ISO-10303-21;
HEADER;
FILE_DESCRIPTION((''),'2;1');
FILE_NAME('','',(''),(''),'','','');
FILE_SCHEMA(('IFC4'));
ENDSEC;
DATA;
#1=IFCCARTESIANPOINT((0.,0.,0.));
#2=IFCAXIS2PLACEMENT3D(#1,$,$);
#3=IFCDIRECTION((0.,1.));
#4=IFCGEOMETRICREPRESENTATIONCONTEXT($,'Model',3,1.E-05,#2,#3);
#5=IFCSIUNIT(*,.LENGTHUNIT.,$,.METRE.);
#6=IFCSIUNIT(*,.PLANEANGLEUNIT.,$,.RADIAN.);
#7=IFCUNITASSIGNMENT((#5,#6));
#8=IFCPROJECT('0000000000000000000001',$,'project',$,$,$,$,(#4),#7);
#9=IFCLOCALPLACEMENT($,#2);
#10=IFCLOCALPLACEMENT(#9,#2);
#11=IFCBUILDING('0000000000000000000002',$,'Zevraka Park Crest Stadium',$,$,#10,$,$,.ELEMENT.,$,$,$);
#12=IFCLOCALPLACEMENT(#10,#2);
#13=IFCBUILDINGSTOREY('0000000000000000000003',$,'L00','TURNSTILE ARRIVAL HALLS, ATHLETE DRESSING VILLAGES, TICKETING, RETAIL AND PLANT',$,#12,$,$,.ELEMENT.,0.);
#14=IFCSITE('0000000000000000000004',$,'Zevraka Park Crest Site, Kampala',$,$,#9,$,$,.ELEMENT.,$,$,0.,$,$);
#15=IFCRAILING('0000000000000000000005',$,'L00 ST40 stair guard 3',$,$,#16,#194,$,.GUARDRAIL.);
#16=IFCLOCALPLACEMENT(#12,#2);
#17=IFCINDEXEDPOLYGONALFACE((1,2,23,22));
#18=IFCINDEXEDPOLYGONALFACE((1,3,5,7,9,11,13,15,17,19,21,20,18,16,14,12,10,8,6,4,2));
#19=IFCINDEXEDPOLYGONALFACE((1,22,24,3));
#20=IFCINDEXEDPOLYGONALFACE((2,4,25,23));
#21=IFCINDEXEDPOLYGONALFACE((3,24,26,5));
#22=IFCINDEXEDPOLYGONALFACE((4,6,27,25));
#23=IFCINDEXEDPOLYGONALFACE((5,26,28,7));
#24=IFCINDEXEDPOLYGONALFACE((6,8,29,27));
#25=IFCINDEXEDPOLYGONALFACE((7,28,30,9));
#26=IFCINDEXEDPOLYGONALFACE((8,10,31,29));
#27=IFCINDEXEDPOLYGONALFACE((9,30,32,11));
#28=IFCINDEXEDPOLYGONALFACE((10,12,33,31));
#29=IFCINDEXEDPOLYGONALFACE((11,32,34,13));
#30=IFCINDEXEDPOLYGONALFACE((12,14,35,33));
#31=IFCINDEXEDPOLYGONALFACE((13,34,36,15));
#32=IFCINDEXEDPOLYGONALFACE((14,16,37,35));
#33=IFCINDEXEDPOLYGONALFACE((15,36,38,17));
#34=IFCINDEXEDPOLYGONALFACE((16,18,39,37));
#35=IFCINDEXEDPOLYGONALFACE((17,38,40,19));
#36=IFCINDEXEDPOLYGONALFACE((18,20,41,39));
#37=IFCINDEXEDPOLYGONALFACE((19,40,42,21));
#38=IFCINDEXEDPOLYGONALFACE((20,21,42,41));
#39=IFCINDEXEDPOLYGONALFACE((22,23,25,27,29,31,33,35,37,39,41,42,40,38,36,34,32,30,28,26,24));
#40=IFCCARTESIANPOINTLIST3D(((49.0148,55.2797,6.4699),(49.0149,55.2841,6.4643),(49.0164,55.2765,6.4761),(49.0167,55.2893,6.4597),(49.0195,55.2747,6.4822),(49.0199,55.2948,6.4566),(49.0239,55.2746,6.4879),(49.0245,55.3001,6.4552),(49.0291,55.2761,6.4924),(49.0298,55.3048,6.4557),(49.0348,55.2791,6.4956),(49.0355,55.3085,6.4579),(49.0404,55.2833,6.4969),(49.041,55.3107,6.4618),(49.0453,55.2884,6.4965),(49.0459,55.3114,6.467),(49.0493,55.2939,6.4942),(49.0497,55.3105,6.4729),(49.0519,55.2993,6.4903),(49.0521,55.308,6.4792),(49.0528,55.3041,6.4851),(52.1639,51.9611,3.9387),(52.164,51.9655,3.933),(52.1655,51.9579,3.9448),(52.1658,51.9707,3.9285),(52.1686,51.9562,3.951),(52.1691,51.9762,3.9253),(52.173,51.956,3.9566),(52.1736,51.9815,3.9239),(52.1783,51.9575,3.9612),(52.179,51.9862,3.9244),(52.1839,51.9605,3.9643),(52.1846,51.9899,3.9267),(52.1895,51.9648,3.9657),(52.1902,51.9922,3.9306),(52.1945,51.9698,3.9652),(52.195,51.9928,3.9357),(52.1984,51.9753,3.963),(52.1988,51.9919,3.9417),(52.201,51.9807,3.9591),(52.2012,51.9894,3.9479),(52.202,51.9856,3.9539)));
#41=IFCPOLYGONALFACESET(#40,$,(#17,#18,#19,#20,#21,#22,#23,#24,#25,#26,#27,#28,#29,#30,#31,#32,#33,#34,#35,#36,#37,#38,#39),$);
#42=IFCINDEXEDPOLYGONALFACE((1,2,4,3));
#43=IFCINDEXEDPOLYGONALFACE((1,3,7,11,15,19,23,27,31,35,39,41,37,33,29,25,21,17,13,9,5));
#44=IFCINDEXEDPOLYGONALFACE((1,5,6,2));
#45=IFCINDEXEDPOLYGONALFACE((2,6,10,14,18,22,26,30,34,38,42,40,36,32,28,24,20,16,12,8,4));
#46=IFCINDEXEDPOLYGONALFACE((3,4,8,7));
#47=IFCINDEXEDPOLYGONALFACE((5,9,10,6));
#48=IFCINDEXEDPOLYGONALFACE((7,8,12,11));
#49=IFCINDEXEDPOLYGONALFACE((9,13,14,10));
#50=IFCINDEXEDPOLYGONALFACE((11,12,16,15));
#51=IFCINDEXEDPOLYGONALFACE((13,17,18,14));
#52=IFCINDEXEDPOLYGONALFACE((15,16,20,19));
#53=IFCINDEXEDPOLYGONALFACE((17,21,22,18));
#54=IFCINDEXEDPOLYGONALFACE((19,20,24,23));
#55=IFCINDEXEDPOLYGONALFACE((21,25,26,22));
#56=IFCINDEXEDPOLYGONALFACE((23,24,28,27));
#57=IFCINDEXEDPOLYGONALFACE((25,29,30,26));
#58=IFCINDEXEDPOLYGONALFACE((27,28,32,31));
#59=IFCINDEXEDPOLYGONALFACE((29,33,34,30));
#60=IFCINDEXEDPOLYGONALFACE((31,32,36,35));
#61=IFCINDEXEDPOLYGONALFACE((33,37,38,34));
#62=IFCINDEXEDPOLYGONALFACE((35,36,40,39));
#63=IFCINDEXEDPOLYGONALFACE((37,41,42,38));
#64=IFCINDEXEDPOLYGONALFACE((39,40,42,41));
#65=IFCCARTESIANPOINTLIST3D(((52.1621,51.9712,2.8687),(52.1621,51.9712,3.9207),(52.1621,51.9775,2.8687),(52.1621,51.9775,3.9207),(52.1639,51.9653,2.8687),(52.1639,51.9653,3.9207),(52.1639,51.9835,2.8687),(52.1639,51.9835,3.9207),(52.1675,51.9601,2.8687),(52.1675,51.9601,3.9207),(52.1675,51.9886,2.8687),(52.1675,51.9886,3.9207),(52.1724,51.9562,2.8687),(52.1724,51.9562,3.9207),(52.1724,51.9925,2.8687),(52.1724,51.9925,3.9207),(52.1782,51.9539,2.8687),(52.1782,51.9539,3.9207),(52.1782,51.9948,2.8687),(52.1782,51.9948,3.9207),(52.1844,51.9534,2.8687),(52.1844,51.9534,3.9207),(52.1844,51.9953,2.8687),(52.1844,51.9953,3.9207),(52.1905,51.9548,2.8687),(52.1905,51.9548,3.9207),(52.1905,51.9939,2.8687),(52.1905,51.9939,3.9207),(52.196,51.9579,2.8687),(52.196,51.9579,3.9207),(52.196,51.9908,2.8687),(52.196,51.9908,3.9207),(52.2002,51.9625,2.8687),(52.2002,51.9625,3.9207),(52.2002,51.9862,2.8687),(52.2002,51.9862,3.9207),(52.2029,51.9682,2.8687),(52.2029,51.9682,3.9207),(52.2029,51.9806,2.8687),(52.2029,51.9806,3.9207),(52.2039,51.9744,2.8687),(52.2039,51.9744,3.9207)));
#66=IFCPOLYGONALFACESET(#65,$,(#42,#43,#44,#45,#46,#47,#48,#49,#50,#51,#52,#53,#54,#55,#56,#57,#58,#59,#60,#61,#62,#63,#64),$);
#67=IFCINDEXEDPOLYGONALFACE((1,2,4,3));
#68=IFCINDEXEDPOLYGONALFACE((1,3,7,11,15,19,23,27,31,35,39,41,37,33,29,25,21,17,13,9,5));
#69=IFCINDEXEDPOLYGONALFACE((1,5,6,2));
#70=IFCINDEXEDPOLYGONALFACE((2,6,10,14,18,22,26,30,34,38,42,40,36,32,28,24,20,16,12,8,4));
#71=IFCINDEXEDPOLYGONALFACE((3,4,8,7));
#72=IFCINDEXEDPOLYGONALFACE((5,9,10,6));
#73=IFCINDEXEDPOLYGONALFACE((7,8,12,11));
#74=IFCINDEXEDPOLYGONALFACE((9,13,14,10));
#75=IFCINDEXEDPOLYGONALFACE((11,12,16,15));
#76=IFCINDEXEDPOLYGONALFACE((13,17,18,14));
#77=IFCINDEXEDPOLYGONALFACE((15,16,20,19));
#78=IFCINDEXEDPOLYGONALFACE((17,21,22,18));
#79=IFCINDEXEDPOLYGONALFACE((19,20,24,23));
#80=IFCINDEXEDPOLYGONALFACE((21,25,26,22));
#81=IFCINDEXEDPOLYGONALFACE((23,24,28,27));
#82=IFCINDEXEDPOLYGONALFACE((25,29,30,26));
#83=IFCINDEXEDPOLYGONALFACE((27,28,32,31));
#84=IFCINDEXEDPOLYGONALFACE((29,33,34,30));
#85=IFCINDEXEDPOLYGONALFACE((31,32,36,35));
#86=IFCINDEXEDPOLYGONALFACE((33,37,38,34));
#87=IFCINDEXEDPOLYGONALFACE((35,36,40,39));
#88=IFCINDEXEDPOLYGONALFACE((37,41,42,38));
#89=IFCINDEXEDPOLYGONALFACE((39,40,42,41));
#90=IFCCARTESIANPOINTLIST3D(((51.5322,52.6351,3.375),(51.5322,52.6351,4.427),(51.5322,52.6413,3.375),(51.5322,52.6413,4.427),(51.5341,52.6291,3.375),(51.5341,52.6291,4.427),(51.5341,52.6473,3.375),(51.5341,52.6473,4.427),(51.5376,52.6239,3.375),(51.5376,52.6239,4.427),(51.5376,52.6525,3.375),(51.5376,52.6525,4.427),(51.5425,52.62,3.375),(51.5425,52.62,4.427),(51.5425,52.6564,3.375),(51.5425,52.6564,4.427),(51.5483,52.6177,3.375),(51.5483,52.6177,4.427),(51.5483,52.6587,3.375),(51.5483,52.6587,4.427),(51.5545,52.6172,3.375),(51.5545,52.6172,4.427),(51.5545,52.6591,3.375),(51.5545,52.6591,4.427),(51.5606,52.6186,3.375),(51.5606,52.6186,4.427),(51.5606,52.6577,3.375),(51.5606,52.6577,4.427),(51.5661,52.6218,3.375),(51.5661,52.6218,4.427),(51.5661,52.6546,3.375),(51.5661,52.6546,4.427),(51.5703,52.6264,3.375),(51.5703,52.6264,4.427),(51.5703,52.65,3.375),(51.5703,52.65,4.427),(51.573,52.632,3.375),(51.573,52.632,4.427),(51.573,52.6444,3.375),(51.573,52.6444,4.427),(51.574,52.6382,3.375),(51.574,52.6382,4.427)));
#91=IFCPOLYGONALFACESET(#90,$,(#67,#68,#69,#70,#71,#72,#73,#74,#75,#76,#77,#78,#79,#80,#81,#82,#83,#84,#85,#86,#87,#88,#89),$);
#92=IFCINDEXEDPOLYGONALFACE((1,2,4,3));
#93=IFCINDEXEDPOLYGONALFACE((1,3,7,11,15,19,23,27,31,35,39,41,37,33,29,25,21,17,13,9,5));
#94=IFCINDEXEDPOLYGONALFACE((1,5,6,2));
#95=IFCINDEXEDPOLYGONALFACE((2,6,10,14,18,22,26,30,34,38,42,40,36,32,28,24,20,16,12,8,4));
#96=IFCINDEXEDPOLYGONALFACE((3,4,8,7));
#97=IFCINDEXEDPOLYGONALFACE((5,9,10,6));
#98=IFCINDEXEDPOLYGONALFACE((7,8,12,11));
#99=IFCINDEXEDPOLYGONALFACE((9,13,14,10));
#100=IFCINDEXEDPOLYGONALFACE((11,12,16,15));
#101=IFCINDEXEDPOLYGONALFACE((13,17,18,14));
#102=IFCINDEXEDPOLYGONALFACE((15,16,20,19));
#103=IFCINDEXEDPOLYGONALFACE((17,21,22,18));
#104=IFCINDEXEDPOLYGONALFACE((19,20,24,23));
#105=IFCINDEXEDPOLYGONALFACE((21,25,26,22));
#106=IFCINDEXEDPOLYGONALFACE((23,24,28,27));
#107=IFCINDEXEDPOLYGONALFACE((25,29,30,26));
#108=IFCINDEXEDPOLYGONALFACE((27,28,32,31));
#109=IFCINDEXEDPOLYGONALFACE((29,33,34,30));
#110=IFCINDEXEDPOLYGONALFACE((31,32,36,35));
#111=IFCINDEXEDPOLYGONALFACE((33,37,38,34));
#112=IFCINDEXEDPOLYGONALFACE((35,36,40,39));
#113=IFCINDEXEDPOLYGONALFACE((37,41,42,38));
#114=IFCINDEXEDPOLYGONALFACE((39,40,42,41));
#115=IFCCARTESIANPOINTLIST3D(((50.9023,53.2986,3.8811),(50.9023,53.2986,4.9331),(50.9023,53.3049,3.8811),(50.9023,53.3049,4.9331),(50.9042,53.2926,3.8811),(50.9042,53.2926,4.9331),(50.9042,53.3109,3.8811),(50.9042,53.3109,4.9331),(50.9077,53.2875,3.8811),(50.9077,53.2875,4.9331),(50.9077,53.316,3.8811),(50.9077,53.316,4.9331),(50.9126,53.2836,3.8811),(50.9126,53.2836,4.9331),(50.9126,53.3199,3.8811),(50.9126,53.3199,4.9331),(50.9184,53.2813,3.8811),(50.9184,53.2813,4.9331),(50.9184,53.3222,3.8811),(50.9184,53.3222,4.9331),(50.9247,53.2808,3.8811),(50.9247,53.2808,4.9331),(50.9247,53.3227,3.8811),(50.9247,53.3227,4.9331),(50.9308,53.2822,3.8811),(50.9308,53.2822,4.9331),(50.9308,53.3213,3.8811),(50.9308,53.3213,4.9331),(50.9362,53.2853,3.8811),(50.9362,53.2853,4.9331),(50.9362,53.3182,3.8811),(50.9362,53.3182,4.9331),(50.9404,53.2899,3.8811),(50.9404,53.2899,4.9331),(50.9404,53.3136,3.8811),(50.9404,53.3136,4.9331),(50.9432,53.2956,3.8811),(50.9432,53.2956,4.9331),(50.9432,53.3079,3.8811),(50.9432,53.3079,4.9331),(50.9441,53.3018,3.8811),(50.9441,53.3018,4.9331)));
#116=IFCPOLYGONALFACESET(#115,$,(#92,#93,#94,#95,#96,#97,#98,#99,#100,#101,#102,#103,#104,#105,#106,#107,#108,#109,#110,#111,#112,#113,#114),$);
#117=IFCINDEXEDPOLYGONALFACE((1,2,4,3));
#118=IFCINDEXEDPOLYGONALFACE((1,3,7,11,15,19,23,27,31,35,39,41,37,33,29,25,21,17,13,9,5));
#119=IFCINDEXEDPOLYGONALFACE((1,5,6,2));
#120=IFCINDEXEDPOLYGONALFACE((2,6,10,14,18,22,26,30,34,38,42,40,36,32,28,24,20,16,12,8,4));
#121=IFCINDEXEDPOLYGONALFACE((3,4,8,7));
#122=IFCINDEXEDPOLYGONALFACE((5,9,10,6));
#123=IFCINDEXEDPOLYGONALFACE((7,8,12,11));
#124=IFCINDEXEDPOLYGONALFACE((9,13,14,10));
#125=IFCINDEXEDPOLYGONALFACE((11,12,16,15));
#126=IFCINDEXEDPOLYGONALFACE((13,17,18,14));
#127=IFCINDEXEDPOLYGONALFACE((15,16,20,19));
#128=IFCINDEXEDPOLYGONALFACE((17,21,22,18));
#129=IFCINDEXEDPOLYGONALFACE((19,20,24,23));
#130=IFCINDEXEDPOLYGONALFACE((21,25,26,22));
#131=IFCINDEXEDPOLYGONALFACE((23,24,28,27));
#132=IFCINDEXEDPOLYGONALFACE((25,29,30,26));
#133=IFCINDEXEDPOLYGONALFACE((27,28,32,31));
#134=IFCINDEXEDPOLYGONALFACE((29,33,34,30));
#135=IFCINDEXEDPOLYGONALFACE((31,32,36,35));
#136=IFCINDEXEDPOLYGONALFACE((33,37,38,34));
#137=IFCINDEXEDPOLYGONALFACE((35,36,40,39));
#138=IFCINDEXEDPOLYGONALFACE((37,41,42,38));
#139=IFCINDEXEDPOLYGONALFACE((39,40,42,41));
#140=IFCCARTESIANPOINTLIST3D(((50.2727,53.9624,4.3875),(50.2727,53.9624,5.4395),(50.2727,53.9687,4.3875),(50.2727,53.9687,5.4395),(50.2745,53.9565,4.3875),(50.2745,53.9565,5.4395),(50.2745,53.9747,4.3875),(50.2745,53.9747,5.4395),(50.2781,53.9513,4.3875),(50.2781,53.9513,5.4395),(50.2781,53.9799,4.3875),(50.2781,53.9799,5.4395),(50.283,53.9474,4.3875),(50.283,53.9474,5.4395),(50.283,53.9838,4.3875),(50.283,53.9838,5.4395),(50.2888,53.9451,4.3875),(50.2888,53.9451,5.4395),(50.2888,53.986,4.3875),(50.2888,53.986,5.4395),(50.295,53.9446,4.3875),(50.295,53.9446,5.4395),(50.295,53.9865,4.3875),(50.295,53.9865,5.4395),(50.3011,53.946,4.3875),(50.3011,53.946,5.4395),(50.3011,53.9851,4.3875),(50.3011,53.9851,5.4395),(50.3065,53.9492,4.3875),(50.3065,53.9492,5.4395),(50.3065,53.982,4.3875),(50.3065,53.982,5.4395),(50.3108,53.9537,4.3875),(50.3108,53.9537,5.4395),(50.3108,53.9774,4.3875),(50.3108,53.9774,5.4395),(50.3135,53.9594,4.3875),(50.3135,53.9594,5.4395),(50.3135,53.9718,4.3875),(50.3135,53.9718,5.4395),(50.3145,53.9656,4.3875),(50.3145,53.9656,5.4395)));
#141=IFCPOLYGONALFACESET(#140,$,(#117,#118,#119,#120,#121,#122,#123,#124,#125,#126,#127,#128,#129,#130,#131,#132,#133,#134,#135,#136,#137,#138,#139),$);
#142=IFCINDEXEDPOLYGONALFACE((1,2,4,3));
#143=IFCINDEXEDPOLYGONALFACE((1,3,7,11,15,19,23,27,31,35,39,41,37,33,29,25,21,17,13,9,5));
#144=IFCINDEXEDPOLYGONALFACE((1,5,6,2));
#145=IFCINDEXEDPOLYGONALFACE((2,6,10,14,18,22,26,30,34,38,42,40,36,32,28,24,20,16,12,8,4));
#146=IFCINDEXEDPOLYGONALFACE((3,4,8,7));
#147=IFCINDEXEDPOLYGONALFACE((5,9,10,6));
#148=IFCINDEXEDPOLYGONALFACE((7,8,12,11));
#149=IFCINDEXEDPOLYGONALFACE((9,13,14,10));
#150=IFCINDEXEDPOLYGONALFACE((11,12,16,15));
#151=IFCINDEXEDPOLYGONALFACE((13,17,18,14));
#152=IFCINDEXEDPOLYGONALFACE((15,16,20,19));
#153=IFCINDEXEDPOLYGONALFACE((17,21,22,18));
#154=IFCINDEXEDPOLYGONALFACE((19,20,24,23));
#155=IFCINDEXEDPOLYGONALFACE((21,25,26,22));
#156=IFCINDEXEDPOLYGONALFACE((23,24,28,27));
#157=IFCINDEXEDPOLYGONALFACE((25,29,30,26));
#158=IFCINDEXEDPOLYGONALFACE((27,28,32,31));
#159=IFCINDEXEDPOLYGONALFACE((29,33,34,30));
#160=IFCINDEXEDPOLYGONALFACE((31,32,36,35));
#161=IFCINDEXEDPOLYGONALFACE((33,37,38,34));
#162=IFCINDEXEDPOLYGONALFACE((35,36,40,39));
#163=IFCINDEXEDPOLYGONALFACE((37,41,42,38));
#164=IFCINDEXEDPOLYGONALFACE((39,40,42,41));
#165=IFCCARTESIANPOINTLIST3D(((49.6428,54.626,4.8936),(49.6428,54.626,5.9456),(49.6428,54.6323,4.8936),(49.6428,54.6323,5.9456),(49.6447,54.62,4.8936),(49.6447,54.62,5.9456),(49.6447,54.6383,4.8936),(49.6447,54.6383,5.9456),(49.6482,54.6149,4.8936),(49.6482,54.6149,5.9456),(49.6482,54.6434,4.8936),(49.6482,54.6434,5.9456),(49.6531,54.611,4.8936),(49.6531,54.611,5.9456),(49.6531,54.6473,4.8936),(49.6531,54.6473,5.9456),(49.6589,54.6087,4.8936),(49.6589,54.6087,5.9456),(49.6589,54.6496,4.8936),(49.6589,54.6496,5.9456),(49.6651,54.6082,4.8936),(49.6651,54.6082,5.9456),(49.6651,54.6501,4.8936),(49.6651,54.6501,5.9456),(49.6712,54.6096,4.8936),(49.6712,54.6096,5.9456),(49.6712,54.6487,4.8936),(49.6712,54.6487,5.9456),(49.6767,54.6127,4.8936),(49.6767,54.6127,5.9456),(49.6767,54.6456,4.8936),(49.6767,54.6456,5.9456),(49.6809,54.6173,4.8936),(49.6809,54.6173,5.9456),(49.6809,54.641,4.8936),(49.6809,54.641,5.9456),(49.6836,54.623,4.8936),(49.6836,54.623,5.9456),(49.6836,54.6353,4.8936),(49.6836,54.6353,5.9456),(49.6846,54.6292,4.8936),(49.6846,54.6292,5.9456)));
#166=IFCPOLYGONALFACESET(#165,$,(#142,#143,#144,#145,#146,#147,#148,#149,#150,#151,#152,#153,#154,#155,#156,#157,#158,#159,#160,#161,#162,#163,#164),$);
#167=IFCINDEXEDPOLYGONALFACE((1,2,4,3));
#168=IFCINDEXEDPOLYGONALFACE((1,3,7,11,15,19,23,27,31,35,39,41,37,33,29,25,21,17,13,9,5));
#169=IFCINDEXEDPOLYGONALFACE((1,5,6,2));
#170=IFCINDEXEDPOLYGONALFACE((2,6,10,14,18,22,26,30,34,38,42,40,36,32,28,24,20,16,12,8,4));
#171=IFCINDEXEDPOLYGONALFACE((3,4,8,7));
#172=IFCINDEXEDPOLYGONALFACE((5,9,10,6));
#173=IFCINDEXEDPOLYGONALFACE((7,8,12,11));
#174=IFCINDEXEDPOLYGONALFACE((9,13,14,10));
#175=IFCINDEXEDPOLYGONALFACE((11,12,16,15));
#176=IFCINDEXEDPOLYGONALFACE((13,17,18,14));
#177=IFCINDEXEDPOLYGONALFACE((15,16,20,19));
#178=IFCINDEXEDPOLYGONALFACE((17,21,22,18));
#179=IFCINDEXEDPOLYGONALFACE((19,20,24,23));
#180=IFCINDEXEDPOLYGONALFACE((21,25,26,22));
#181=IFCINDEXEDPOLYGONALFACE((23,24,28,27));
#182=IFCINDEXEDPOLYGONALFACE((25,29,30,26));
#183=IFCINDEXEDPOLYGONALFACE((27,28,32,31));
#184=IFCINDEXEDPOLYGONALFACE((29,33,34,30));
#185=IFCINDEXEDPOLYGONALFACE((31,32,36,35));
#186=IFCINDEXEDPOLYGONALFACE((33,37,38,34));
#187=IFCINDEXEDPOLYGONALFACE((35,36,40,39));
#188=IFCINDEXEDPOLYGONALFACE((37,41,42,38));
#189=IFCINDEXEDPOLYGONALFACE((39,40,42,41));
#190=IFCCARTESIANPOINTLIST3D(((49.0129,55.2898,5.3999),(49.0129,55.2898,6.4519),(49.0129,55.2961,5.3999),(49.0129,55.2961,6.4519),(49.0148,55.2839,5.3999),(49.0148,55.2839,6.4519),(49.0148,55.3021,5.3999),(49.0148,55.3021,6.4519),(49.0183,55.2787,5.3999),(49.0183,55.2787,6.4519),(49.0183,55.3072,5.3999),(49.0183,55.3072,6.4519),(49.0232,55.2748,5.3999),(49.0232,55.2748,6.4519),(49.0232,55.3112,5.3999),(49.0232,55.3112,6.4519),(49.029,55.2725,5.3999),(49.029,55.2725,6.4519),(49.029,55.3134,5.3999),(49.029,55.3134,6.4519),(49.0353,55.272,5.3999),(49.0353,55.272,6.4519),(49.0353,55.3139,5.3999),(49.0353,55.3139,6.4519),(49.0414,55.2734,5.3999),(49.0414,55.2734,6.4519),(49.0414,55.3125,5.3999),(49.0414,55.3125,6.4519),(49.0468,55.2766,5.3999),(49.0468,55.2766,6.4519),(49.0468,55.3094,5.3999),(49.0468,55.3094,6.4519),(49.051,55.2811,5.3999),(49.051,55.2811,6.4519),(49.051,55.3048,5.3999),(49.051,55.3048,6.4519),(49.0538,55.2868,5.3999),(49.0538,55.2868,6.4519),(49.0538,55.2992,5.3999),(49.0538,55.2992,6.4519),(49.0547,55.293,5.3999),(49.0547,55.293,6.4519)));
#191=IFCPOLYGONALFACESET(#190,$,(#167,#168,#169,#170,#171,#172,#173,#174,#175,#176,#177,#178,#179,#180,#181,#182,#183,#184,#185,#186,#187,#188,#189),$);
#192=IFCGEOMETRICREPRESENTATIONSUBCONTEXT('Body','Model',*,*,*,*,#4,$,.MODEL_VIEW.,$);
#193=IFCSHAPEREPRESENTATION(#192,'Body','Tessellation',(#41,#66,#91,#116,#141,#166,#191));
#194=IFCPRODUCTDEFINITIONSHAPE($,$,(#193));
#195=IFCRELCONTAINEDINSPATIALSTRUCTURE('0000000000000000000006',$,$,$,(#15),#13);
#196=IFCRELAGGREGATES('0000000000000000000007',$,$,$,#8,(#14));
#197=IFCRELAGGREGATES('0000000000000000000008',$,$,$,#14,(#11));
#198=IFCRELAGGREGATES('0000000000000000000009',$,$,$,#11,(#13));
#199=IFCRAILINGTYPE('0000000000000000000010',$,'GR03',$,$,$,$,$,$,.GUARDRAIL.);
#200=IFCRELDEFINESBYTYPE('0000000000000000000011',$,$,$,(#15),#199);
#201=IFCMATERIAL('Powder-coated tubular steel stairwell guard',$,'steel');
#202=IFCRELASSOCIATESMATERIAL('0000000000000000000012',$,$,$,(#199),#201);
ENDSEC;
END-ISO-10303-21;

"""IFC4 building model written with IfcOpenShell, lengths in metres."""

from ifc_helpers import new_model, si_unit, direction, frame, origin, origin_2d, place, context, subcontext, project, spatial, circle, extrude, material, type_object, element, save


model = new_model("IFC4")

# Units and contexts
model_context = context("Model", 3, precision=1e-05, world=origin(), true_north=direction((0.0, 1.0)))
body_context = subcontext(model_context, "Body", "Model", "MODEL_VIEW")
ifc_project = project(units=[si_unit("LENGTHUNIT", "METRE"), si_unit("PLANEANGLEUNIT", "RADIAN")], contexts=[model_context])

# Site, building, storey
site_placement = place(None, origin())
site = spatial("IfcSite", under=ifc_project, at=site_placement, Name="Zevraka Park Crest Site, Kampala", CompositionType="ELEMENT", RefElevation=0.0)
building_placement = place(site_placement, origin())
building = spatial("IfcBuilding", under=site, at=building_placement, Name="Zevraka Park Crest Stadium", CompositionType="ELEMENT")
storey_placement = place(building_placement, origin())
storey = spatial("IfcBuildingStorey", under=building, at=storey_placement, Name="L00", Description="TURNSTILE ARRIVAL HALLS, ATHLETE DRESSING VILLAGES, TICKETING, RETAIL AND PLANT", CompositionType="ELEMENT", Elevation=0.0)

# Railing
ifc_material_1 = material(Name="Powder-coated tubular steel stairwell guard", Category="steel")
railing_type_1 = type_object("IfcRailingType", Name="GR03", PredefinedType="GUARDRAIL", material=ifc_material_1)
railing_1_placement = place(storey_placement, frame((52.1829, 51.9744, 2.8687)))
element("IfcRailing", 1, at=railing_1_placement, inside=storey, type_object=railing_type_1, Name="L00 ST40 stair guard 3", PredefinedType="GUARDRAIL", context=body_context, shape_type="SweptSolid", body=[
    extrude(circle(Radius=0.0239, at=origin_2d()), frame((0.0, 0.0, 1.0762), z_axis=(-0.602304, 0.634709, 0.484122), x_axis=(-0.725382, -0.688347, 0.0)), (0.0, 0.0, 1.0), 5.2285),
    extrude(circle(Radius=0.021, at=origin_2d()), origin(), (0.0, 0.0, 1.0), 1.052),
    extrude(circle(Radius=0.021, at=origin_2d()), frame((-0.6299, 0.6638, 0.5063)), (0.0, 0.0, 1.0), 1.052),
    extrude(circle(Radius=0.021, at=origin_2d()), frame((-1.2598, 1.3274, 1.0125)), (0.0, 0.0, 1.0), 1.052),
    extrude(circle(Radius=0.021, at=origin_2d()), frame((-1.8894, 1.9912, 1.5188)), (0.0, 0.0, 1.0), 1.052),
    extrude(circle(Radius=0.021, at=origin_2d()), frame((-2.5193, 2.6548, 2.0249)), (0.0, 0.0, 1.0), 1.052),
    extrude(circle(Radius=0.021, at=origin_2d()), frame((-3.1492, 3.3186, 2.5312)), (0.0, 0.0, 1.0), 1.052),
])

save(model, "model.ifc")
